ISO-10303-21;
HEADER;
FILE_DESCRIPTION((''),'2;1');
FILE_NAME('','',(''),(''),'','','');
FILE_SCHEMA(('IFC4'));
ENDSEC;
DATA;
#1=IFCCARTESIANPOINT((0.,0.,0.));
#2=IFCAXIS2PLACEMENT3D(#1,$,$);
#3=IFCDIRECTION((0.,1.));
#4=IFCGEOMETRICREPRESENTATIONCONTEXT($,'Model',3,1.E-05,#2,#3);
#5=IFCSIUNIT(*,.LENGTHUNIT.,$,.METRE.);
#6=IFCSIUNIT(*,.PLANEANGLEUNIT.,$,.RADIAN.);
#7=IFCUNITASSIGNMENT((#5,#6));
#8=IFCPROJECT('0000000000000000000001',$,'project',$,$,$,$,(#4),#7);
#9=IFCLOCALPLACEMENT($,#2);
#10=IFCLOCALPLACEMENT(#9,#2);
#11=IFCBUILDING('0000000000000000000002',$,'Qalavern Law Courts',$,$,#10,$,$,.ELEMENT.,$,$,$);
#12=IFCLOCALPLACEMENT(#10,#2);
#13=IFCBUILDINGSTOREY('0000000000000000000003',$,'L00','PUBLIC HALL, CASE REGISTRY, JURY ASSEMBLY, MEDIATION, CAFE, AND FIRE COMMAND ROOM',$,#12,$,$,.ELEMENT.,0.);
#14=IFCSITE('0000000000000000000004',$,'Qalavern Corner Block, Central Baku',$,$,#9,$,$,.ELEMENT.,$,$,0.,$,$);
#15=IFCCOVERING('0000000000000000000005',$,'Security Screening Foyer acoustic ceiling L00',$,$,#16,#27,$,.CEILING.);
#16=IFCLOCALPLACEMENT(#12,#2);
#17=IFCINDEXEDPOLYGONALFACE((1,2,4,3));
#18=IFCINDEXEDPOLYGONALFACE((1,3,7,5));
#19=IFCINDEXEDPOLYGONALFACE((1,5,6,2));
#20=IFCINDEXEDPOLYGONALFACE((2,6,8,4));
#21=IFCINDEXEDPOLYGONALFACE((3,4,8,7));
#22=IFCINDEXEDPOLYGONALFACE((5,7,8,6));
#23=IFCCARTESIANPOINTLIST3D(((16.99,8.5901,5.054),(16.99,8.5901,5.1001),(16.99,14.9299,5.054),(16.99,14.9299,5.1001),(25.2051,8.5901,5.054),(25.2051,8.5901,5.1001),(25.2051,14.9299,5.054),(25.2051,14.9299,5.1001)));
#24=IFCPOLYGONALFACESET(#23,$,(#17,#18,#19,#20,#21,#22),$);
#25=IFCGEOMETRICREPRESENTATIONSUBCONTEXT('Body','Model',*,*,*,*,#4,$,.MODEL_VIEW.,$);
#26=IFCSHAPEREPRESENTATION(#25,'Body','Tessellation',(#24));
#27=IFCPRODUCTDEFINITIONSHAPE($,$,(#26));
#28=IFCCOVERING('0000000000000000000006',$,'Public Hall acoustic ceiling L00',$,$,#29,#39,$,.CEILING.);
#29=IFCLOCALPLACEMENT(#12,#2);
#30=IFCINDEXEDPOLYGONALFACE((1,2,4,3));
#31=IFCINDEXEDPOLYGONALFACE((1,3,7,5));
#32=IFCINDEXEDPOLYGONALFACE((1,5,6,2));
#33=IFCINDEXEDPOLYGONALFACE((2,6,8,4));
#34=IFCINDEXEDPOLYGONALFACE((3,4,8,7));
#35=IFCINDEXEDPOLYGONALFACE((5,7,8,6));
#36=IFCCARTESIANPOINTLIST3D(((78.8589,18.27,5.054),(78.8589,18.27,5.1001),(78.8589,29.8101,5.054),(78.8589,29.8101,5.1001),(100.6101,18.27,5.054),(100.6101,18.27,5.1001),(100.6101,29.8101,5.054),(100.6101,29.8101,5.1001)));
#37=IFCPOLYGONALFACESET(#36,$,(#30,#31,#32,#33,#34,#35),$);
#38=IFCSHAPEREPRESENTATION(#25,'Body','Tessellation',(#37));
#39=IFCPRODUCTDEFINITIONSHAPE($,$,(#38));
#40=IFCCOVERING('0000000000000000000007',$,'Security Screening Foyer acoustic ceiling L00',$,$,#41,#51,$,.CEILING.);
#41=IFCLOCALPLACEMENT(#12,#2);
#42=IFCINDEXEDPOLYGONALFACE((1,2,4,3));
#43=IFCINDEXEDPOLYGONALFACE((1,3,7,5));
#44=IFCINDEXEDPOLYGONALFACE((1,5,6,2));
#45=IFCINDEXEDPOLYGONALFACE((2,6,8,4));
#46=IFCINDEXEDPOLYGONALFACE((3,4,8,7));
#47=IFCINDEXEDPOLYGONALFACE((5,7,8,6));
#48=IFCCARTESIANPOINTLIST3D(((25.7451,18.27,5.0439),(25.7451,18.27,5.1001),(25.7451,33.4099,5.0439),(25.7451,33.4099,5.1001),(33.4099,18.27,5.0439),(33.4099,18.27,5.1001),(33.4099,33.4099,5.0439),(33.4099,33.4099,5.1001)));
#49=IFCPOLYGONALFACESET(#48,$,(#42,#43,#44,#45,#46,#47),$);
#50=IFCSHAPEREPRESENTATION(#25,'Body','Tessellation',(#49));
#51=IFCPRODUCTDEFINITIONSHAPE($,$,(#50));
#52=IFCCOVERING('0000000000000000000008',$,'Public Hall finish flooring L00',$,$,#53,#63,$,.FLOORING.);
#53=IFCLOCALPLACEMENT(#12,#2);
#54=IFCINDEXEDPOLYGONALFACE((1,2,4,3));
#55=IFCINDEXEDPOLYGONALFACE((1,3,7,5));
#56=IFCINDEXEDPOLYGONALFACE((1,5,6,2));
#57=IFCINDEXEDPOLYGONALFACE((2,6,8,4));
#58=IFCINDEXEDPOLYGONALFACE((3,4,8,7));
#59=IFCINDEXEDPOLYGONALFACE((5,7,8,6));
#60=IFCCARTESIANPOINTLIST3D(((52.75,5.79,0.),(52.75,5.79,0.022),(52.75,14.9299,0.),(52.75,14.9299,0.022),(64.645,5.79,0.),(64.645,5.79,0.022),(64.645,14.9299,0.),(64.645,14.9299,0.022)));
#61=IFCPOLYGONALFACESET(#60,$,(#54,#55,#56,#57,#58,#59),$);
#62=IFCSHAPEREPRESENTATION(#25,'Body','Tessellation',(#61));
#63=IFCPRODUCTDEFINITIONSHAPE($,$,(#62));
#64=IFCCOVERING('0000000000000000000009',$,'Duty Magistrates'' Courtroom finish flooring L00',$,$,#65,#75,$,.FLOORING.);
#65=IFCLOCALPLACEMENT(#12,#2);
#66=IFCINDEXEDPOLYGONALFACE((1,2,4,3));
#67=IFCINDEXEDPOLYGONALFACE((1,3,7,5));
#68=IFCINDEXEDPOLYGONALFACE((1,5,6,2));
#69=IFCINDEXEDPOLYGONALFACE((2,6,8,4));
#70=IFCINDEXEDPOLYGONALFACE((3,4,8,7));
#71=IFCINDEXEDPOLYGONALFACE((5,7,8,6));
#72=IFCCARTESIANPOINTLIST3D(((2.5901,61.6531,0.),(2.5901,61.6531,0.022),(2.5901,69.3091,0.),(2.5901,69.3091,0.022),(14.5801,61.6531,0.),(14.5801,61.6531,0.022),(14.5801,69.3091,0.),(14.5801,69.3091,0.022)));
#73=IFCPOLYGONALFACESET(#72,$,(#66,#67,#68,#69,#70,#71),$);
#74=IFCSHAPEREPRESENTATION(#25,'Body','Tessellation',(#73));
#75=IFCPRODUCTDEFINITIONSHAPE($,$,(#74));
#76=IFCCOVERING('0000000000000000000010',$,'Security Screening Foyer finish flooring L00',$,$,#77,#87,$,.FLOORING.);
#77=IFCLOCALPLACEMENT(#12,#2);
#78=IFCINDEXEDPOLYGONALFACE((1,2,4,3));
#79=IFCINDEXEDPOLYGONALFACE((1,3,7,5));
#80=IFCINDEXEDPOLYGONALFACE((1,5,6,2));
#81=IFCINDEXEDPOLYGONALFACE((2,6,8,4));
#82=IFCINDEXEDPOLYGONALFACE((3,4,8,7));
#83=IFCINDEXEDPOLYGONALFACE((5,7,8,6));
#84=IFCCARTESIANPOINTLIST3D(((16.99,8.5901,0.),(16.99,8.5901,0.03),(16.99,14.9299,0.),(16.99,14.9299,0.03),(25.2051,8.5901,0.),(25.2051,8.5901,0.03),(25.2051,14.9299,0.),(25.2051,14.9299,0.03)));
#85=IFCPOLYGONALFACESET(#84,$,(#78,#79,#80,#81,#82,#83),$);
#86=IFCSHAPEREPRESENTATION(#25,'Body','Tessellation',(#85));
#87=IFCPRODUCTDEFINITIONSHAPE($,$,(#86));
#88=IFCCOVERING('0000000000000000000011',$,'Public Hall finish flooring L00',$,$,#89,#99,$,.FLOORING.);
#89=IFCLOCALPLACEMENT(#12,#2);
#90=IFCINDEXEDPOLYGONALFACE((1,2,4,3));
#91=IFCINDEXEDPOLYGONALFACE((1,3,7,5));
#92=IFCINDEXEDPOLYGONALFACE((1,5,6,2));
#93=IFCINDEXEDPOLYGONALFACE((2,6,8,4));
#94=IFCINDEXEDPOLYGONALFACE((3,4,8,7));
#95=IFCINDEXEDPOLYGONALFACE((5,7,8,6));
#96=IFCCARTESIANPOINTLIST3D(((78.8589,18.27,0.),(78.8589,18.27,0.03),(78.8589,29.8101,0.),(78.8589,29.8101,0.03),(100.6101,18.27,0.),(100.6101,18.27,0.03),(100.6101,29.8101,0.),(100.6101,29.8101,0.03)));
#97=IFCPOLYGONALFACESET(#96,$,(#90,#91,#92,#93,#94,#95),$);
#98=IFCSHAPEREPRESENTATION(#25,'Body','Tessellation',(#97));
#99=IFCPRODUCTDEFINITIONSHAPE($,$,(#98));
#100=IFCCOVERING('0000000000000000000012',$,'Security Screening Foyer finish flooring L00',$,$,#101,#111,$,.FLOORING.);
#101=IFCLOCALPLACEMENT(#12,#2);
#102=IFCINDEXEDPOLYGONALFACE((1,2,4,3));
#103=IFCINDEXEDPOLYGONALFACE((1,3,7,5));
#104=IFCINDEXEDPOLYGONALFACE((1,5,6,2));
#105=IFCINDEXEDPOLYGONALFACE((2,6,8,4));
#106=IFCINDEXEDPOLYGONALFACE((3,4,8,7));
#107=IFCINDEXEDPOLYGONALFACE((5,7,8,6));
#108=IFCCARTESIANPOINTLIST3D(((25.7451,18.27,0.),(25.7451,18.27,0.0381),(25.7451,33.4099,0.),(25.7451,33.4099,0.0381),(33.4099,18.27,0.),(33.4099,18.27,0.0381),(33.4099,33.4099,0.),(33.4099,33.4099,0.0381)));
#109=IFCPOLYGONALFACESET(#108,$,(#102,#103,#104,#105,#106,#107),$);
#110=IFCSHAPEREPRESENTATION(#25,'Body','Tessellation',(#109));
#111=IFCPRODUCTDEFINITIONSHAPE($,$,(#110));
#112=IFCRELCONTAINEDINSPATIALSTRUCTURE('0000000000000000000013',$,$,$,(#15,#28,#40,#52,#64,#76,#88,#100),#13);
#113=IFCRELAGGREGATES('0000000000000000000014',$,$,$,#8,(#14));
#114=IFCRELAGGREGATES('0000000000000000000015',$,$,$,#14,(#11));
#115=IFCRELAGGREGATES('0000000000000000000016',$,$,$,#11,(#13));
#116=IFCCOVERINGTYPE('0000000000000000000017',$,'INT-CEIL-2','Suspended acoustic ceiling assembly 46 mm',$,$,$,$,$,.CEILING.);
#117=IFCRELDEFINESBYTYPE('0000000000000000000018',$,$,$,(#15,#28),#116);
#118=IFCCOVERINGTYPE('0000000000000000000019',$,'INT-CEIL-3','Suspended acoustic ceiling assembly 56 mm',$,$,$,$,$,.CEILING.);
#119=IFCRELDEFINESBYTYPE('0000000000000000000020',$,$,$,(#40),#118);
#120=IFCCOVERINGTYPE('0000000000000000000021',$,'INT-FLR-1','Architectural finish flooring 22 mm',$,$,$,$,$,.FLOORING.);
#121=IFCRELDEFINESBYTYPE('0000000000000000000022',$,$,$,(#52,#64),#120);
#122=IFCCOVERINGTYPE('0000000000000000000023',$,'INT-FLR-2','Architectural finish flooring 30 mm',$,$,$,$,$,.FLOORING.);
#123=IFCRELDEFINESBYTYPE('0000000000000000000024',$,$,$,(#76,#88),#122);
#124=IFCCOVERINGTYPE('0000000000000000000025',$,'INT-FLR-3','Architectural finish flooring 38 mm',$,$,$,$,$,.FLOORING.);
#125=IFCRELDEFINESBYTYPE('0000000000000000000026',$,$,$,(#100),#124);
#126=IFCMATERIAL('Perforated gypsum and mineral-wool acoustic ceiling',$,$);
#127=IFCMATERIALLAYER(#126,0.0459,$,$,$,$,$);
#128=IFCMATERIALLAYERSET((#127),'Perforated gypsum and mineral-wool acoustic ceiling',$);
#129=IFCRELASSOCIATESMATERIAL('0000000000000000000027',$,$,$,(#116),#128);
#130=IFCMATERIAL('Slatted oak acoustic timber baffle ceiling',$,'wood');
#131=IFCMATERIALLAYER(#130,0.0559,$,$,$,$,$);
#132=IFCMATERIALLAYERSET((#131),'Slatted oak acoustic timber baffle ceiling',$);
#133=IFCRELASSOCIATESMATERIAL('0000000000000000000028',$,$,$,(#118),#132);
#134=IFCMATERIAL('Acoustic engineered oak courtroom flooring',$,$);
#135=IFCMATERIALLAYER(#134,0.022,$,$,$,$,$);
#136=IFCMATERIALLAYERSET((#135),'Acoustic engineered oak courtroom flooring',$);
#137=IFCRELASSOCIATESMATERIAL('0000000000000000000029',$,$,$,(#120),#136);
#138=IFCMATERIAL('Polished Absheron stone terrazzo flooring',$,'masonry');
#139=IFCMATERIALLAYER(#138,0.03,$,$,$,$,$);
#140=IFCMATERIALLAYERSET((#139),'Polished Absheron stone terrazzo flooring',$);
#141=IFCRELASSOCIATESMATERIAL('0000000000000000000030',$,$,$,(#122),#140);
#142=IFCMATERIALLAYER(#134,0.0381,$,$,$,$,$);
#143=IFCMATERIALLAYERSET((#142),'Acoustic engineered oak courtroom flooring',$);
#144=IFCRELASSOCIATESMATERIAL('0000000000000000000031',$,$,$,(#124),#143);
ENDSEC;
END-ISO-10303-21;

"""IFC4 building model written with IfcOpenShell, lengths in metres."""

from ifc_helpers import new_model, si_unit, direction, frame, origin, place, context, subcontext, project, spatial, polyline, outline, extrude, material, layer, layer_set, type_object, element, save


model = new_model("IFC4")

# Units and contexts
model_context = context("Model", 3, precision=1e-05, world=origin(), true_north=direction((0.0, 1.0)))
body_context = subcontext(model_context, "Body", "Model", "MODEL_VIEW")
ifc_project = project(units=[si_unit("LENGTHUNIT", "METRE"), si_unit("PLANEANGLEUNIT", "RADIAN")], contexts=[model_context])

# Site, building, storey
site_placement = place(None, origin())
site = spatial("IfcSite", under=ifc_project, at=site_placement, Name="Qalavern Corner Block, Central Baku", CompositionType="ELEMENT", RefElevation=0.0)
building_placement = place(site_placement, origin())
building = spatial("IfcBuilding", under=site, at=building_placement, Name="Qalavern Law Courts", CompositionType="ELEMENT")
storey_placement = place(building_placement, origin())
storey = spatial("IfcBuildingStorey", under=building, at=storey_placement, Name="L00", Description="PUBLIC HALL, CASE REGISTRY, JURY ASSEMBLY, MEDIATION, CAFE, AND FIRE COMMAND ROOM", CompositionType="ELEMENT", Elevation=0.0)

# Coverings
ifc_material_1 = material(Name="Perforated gypsum and mineral-wool acoustic ceiling")
ifc_layer_1 = layer(ifc_material_1, 0.0459)
ifc_layer_set_1 = layer_set([ifc_layer_1], Name="Perforated gypsum and mineral-wool acoustic ceiling")
covering_type_1 = type_object("IfcCoveringType", Name="INT-CEIL-2", Description="Suspended acoustic ceiling assembly 46 mm", PredefinedType="CEILING", material=ifc_layer_set_1)
covering_1_placement = place(storey_placement, frame((0.0, 0.0, 5.054)))
element("IfcCovering", 1, at=covering_1_placement, inside=storey, type_object=covering_type_1, Name="Security Screening Foyer acoustic ceiling L00", PredefinedType="CEILING", context=body_context, shape_type="SweptSolid", body=[
    extrude(outline(polyline([(16.99, 8.5901), (25.2051, 8.5901), (25.2051, 14.9299), (16.99, 14.9299), (16.99, 8.5901)])), origin(), (0.0, 0.0, 1.0), 0.0461),
])
covering_2_placement = place(storey_placement, frame((0.0, 0.0, 5.054)))
element("IfcCovering", 2, at=covering_2_placement, inside=storey, type_object=covering_type_1, Name="Public Hall acoustic ceiling L00", PredefinedType="CEILING", context=body_context, shape_type="SweptSolid", body=[
    extrude(outline(polyline([(78.8589, 18.27), (100.6101, 18.27), (100.6101, 29.8101), (78.8589, 29.8101), (78.8589, 18.27)])), origin(), (0.0, 0.0, 1.0), 0.0461),
])
ifc_material_2 = material(Name="Slatted oak acoustic timber baffle ceiling", Category="wood")
ifc_layer_2 = layer(ifc_material_2, 0.0559)
ifc_layer_set_2 = layer_set([ifc_layer_2], Name="Slatted oak acoustic timber baffle ceiling")
covering_type_2 = type_object("IfcCoveringType", Name="INT-CEIL-3", Description="Suspended acoustic ceiling assembly 56 mm", PredefinedType="CEILING", material=ifc_layer_set_2)
covering_3_placement = place(storey_placement, frame((0.0, 0.0, 5.0439)))
element("IfcCovering", 3, at=covering_3_placement, inside=storey, type_object=covering_type_2, Name="Security Screening Foyer acoustic ceiling L00", PredefinedType="CEILING", context=body_context, shape_type="SweptSolid", body=[
    extrude(outline(polyline([(25.7451, 18.27), (33.4099, 18.27), (33.4099, 33.4099), (25.7451, 33.4099), (25.7451, 18.27)])), origin(), (0.0, 0.0, 1.0), 0.0562),
])
ifc_material_3 = material(Name="Acoustic engineered oak courtroom flooring")
ifc_layer_3 = layer(ifc_material_3, 0.022)
ifc_layer_set_3 = layer_set([ifc_layer_3], Name="Acoustic engineered oak courtroom flooring")
covering_type_3 = type_object("IfcCoveringType", Name="INT-FLR-1", Description="Architectural finish flooring 22 mm", PredefinedType="FLOORING", material=ifc_layer_set_3)
covering_4_placement = place(storey_placement, origin())
element("IfcCovering", 4, at=covering_4_placement, inside=storey, type_object=covering_type_3, Name="Public Hall finish flooring L00", PredefinedType="FLOORING", context=body_context, shape_type="SweptSolid", body=[
    extrude(outline(polyline([(52.75, 5.79), (64.645, 5.79), (64.645, 14.9299), (52.75, 14.9299), (52.75, 5.79)])), origin(), (0.0, 0.0, 1.0), 0.022),
])
covering_5_placement = place(storey_placement, origin())
element("IfcCovering", 5, at=covering_5_placement, inside=storey, type_object=covering_type_3, Name="Duty Magistrates' Courtroom finish flooring L00", PredefinedType="FLOORING", context=body_context, shape_type="SweptSolid", body=[
    extrude(outline(polyline([(2.5901, 61.6531), (14.5801, 61.6531), (14.5801, 69.3091), (2.5901, 69.3091), (2.5901, 61.6531)])), origin(), (0.0, 0.0, 1.0), 0.022),
])
ifc_material_4 = material(Name="Polished Absheron stone terrazzo flooring", Category="masonry")
ifc_layer_4 = layer(ifc_material_4, 0.03)
ifc_layer_set_4 = layer_set([ifc_layer_4], Name="Polished Absheron stone terrazzo flooring")
covering_type_4 = type_object("IfcCoveringType", Name="INT-FLR-2", Description="Architectural finish flooring 30 mm", PredefinedType="FLOORING", material=ifc_layer_set_4)
covering_6_placement = place(storey_placement, origin())
element("IfcCovering", 6, at=covering_6_placement, inside=storey, type_object=covering_type_4, Name="Security Screening Foyer finish flooring L00", PredefinedType="FLOORING", context=body_context, shape_type="SweptSolid", body=[
    extrude(outline(polyline([(16.99, 8.5901), (25.2051, 8.5901), (25.2051, 14.9299), (16.99, 14.9299), (16.99, 8.5901)])), origin(), (0.0, 0.0, 1.0), 0.03),
])
covering_7_placement = place(storey_placement, origin())
element("IfcCovering", 7, at=covering_7_placement, inside=storey, type_object=covering_type_4, Name="Public Hall finish flooring L00", PredefinedType="FLOORING", context=body_context, shape_type="SweptSolid", body=[
    extrude(outline(polyline([(78.8589, 18.27), (100.6101, 18.27), (100.6101, 29.8101), (78.8589, 29.8101), (78.8589, 18.27)])), origin(), (0.0, 0.0, 1.0), 0.03),
])
ifc_layer_5 = layer(ifc_material_3, 0.0381)
ifc_layer_set_5 = layer_set([ifc_layer_5], Name="Acoustic engineered oak courtroom flooring")
covering_type_5 = type_object("IfcCoveringType", Name="INT-FLR-3", Description="Architectural finish flooring 38 mm", PredefinedType="FLOORING", material=ifc_layer_set_5)
covering_8_placement = place(storey_placement, origin())
element("IfcCovering", 8, at=covering_8_placement, inside=storey, type_object=covering_type_5, Name="Security Screening Foyer finish flooring L00", PredefinedType="FLOORING", context=body_context, shape_type="SweptSolid", body=[
    extrude(outline(polyline([(25.7451, 18.27), (33.4099, 18.27), (33.4099, 33.4099), (25.7451, 33.4099), (25.7451, 18.27)])), origin(), (0.0, 0.0, 1.0), 0.0381),
])

save(model, "model.ifc")
